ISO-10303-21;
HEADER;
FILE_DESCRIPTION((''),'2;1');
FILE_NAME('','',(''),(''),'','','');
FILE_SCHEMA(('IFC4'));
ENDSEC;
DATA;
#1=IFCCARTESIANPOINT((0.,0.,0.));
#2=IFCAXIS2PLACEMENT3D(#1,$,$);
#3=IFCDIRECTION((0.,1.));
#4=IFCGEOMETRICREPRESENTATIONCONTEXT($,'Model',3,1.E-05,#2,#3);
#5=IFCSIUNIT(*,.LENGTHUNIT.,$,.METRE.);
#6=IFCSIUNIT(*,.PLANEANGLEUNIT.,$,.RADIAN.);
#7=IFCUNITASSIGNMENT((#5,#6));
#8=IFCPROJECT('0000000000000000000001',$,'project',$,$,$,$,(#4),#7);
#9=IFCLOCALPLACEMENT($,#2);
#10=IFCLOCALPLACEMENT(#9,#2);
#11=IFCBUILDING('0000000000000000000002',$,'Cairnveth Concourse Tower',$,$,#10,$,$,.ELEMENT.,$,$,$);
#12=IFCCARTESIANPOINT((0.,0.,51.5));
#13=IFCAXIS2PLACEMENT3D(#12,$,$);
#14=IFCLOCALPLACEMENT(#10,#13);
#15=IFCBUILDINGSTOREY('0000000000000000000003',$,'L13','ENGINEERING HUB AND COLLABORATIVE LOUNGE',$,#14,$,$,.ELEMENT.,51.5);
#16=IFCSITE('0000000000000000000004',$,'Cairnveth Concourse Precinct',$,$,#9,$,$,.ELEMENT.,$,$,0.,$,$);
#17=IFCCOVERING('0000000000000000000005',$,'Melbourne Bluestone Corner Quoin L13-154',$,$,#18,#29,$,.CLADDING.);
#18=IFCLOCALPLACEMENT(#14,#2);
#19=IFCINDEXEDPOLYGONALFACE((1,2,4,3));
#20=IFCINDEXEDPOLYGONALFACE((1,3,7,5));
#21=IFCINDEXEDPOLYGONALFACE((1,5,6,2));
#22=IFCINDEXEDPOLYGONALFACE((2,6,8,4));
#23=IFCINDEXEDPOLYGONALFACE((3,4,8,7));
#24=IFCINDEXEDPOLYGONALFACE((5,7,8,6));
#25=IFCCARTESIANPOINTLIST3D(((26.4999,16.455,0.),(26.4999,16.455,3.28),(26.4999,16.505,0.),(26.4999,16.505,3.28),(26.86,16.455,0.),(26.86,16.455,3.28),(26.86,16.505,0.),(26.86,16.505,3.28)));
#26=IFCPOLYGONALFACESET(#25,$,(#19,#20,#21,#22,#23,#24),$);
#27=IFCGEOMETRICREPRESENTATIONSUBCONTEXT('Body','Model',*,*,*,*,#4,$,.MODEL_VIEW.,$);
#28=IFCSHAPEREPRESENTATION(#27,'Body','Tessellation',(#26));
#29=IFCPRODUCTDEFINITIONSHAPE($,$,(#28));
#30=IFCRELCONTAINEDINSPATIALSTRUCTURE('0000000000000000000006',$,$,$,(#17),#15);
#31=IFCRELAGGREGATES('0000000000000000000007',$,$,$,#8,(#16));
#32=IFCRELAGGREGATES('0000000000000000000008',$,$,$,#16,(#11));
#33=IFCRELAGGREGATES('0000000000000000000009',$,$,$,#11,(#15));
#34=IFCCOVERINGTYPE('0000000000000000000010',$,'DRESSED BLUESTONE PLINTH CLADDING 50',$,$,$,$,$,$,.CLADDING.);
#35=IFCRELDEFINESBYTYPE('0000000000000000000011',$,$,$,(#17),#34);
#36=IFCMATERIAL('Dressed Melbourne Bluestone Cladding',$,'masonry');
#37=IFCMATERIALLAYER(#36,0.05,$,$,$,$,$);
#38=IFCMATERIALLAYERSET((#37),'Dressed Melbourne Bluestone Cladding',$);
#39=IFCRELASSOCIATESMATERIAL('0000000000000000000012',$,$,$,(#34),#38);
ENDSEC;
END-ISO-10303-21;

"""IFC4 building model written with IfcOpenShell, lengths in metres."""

from ifc_helpers import new_model, si_unit, direction, frame, frame_2d, origin, place, context, subcontext, project, spatial, rectangle, extrude, material, layer, layer_set, type_object, element, save


model = new_model("IFC4")

# Units and contexts
model_context = context("Model", 3, precision=1e-05, world=origin(), true_north=direction((0.0, 1.0)))
body_context = subcontext(model_context, "Body", "Model", "MODEL_VIEW")
ifc_project = project(units=[si_unit("LENGTHUNIT", "METRE"), si_unit("PLANEANGLEUNIT", "RADIAN")], contexts=[model_context])

# Site, building, storey
site_placement = place(None, origin())
site = spatial("IfcSite", under=ifc_project, at=site_placement, Name="Cairnveth Concourse Precinct", CompositionType="ELEMENT", RefElevation=0.0)
building_placement = place(site_placement, origin())
building = spatial("IfcBuilding", under=site, at=building_placement, Name="Cairnveth Concourse Tower", CompositionType="ELEMENT")
storey_placement = place(building_placement, frame((0.0, 0.0, 51.5)))
storey = spatial("IfcBuildingStorey", under=building, at=storey_placement, Name="L13", Description="ENGINEERING HUB AND COLLABORATIVE LOUNGE", CompositionType="ELEMENT", Elevation=51.5)

# Covering
ifc_material_1 = material(Name="Dressed Melbourne Bluestone Cladding", Category="masonry")
ifc_layer_1 = layer(ifc_material_1, 0.05)
ifc_layer_set_1 = layer_set([ifc_layer_1], Name="Dressed Melbourne Bluestone Cladding")
covering_type = type_object("IfcCoveringType", Name="DRESSED BLUESTONE PLINTH CLADDING 50", PredefinedType="CLADDING", material=ifc_layer_set_1)
for number, where, z_axis, x_axis, name in (
    (1, (26.8601, 16.48, 0.0), (0.0, 0.0, 1.0), (-1.0, 0.0, 0.0), "Melbourne Bluestone Corner Quoin L13-154"),
):
    element("IfcCovering", number, at=place(storey_placement, frame(where, z_axis=z_axis, x_axis=x_axis)), inside=storey, type_object=covering_type, Name=name, PredefinedType="CLADDING", context=body_context, shape_type="SweptSolid", body=[
        extrude(rectangle(XDim=0.3601, YDim=0.05, at=frame_2d((0.1802, 0.0))), origin(), (0.0, 0.0, 1.0), 3.28),
    ])

save(model, "model.ifc")
